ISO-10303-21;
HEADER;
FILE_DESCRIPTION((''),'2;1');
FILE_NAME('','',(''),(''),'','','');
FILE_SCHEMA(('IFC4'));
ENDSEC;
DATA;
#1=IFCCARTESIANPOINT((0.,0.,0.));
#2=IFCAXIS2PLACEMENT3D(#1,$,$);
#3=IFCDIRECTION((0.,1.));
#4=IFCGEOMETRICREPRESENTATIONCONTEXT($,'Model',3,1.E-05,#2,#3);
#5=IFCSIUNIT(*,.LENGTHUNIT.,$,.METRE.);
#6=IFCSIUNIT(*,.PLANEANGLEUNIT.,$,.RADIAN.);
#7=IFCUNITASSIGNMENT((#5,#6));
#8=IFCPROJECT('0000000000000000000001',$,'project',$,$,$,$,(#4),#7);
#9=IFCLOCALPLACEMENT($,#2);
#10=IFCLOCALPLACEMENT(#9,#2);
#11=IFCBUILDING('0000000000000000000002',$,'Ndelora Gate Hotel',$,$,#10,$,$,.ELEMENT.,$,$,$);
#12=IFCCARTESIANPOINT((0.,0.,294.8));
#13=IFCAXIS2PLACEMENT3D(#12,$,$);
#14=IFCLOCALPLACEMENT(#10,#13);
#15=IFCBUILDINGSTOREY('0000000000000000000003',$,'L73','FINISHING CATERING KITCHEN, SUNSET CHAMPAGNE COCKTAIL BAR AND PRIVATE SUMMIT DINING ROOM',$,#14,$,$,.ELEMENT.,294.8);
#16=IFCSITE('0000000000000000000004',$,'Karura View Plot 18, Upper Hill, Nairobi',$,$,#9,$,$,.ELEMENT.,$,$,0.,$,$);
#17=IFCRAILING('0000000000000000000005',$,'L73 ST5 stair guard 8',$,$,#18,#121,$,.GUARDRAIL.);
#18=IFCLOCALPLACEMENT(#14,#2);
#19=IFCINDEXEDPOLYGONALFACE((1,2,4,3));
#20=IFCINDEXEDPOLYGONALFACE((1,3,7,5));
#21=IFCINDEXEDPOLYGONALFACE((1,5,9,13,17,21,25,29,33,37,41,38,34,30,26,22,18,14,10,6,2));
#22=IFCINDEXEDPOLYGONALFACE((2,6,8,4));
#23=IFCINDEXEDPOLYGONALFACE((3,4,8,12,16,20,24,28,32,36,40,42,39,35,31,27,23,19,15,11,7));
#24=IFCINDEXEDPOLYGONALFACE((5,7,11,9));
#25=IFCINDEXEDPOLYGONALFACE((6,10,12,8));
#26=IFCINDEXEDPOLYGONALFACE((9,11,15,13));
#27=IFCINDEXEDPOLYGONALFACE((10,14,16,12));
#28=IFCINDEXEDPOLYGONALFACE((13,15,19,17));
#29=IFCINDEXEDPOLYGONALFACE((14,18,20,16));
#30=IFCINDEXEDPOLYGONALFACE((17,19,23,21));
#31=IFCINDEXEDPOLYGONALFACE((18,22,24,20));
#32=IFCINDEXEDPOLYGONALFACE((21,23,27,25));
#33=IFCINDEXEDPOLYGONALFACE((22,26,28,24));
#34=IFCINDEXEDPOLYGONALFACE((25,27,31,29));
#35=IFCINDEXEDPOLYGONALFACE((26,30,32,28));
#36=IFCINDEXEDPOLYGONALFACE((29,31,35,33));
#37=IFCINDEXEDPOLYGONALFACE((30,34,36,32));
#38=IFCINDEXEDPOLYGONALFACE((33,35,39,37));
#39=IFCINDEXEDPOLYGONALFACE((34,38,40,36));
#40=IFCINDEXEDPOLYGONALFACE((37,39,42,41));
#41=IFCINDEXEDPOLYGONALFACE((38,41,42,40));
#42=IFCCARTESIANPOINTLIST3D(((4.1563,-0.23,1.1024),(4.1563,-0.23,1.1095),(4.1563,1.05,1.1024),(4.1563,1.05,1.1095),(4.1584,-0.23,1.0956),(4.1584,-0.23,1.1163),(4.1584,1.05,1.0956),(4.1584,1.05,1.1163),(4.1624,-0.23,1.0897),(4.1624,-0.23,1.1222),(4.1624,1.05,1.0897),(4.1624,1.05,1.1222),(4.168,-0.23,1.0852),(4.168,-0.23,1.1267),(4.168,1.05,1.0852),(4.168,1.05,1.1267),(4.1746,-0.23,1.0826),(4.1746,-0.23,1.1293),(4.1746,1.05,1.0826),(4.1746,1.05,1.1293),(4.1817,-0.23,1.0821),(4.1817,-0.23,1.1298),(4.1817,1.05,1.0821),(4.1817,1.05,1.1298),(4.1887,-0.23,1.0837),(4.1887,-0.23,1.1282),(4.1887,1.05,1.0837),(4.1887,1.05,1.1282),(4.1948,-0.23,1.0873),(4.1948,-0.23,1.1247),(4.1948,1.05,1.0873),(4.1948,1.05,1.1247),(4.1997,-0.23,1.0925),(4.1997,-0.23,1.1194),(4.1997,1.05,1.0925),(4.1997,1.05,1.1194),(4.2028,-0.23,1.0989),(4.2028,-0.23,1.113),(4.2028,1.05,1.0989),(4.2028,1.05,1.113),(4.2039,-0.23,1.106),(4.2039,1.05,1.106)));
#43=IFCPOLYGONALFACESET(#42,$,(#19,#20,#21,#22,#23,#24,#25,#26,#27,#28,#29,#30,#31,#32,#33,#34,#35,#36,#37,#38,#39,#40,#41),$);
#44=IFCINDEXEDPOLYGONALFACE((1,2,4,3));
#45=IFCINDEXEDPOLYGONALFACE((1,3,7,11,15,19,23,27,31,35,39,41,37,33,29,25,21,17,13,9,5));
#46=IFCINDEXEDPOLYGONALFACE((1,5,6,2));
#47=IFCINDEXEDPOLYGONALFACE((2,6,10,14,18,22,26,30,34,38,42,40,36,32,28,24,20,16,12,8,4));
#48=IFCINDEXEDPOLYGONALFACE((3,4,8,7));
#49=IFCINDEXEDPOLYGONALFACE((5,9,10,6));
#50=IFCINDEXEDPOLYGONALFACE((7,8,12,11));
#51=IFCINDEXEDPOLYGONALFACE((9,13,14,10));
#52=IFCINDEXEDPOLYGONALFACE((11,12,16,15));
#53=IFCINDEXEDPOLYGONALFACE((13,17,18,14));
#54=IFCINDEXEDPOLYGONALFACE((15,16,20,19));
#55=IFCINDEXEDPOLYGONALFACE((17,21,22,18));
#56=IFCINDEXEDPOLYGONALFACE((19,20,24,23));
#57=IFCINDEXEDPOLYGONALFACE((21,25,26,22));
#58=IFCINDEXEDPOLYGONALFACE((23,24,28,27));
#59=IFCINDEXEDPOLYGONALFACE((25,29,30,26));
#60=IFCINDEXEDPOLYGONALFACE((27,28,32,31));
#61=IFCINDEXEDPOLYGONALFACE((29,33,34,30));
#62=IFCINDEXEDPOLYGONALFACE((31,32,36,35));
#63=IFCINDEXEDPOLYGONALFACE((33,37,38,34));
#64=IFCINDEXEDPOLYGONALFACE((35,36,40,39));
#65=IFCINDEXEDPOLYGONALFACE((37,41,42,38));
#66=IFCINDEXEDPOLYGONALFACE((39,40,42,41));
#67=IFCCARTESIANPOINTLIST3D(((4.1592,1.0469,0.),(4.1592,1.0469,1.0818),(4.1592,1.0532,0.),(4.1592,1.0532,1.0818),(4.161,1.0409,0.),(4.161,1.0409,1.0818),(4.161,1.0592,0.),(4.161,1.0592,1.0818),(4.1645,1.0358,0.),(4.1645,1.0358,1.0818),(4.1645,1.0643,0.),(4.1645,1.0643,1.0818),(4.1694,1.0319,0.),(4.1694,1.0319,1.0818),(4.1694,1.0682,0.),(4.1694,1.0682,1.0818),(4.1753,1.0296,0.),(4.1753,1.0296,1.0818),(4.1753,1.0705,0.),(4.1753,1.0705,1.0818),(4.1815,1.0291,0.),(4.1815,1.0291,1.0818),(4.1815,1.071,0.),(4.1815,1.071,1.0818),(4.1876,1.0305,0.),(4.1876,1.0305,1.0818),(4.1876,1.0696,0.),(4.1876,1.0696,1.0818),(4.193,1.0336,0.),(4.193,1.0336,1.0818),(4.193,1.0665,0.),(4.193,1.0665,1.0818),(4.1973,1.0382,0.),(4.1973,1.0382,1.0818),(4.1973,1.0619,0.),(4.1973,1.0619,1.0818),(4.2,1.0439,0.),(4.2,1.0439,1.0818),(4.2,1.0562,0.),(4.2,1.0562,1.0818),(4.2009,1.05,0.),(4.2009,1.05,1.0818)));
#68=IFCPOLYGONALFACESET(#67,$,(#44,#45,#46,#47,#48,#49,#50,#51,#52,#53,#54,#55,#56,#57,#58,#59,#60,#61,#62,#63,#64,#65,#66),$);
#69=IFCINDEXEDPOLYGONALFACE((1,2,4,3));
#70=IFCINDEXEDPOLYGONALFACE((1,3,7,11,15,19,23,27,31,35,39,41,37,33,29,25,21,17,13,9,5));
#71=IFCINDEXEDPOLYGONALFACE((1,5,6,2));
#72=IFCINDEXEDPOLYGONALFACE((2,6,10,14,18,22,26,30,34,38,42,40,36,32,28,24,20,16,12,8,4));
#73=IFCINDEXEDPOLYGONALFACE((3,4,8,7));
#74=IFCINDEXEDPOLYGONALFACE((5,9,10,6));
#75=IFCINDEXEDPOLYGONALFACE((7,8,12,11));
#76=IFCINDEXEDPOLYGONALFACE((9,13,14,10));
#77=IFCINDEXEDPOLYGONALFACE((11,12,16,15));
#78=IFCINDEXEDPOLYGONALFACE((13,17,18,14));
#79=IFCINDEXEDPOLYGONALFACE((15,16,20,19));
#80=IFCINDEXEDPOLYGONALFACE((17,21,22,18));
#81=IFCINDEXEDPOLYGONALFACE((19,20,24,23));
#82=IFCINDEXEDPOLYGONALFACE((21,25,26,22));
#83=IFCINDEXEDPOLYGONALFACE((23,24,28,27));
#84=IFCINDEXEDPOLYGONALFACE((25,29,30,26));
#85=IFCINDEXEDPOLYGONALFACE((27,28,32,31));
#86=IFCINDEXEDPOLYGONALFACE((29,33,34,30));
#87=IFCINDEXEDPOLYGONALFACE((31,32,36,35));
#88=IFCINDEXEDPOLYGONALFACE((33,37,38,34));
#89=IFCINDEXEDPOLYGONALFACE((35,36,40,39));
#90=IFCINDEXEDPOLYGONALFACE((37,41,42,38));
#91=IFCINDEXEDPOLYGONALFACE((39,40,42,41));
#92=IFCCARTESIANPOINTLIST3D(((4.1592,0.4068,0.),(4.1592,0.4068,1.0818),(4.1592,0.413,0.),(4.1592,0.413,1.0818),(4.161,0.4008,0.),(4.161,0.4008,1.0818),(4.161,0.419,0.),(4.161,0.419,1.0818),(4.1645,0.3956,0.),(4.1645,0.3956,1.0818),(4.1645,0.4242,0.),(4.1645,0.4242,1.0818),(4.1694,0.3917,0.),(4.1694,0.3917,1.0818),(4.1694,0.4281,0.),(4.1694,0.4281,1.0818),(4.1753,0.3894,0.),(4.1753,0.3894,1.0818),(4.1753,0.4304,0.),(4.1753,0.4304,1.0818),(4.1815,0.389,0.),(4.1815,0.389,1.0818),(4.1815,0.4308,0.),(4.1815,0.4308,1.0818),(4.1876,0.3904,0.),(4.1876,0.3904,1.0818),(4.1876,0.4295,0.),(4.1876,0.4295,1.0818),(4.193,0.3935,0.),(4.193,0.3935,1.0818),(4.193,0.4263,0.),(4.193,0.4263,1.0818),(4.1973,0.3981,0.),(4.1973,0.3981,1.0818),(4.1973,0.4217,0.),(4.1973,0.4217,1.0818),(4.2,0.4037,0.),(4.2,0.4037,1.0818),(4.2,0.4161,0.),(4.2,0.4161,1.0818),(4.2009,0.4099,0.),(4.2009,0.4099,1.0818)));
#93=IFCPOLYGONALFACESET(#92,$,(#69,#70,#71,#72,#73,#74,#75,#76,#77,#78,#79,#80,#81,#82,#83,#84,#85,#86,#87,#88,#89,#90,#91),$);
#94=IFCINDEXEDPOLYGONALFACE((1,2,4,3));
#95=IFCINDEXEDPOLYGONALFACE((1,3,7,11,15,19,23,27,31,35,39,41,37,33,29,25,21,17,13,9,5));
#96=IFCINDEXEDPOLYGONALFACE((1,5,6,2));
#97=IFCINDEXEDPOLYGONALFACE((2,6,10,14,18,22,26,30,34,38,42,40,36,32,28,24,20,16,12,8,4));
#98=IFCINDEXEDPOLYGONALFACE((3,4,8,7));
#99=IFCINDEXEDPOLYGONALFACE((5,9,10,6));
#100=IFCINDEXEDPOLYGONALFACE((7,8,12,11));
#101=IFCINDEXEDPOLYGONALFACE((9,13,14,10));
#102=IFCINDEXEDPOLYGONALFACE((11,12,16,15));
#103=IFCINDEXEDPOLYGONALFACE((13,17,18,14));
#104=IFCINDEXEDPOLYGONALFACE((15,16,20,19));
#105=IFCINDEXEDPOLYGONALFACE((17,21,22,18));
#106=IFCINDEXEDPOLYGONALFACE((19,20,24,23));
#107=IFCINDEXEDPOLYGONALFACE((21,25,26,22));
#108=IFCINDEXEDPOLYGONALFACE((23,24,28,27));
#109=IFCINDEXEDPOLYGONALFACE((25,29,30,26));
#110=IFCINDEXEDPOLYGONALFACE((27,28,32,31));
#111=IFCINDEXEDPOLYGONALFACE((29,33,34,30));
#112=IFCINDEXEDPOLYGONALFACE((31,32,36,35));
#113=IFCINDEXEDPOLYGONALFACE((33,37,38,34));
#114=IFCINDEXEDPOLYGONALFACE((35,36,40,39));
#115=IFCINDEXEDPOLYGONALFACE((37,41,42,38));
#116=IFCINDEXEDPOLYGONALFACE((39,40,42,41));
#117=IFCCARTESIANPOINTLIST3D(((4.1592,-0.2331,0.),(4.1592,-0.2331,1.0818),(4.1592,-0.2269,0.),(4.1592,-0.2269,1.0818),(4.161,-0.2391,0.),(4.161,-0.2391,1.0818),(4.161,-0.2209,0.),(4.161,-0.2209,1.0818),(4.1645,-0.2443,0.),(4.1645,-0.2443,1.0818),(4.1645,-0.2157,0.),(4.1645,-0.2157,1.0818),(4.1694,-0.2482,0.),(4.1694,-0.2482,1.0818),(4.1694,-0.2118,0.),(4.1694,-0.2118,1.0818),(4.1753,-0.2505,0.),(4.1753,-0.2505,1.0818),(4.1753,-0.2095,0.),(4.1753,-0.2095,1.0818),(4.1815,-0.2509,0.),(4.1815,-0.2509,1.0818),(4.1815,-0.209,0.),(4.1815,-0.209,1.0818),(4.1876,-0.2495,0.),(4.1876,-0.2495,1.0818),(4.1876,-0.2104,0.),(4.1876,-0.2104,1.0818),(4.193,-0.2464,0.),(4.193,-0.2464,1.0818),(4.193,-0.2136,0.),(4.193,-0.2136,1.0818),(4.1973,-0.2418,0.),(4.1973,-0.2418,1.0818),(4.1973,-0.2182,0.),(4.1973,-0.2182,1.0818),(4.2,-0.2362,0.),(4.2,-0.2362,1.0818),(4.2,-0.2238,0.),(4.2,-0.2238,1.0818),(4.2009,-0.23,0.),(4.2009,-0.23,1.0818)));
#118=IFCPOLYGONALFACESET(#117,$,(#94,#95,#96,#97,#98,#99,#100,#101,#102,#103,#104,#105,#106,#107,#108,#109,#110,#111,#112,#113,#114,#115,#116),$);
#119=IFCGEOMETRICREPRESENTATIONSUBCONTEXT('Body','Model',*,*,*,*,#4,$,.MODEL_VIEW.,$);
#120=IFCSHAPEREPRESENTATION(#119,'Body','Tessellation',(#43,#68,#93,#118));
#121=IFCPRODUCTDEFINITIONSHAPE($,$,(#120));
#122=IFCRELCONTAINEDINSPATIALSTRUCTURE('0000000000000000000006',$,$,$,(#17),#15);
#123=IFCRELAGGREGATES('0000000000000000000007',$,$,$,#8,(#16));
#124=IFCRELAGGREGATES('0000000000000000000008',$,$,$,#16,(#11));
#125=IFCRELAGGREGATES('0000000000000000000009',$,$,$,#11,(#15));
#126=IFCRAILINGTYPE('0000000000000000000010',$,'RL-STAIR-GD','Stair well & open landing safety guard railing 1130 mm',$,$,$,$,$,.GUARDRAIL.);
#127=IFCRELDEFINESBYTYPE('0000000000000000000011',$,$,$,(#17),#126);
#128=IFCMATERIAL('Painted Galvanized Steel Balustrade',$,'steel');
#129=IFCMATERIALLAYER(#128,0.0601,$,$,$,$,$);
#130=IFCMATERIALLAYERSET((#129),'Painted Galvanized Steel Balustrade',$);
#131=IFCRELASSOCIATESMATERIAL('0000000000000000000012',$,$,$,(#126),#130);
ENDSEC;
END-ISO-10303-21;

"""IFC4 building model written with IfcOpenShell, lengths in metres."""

from ifc_helpers import new_model, si_unit, direction, frame, origin, origin_2d, place, context, subcontext, project, spatial, circle, extrude, material, layer, layer_set, type_object, element, save


model = new_model("IFC4")

# Units and contexts
model_context = context("Model", 3, precision=1e-05, world=origin(), true_north=direction((0.0, 1.0)))
body_context = subcontext(model_context, "Body", "Model", "MODEL_VIEW")
ifc_project = project(units=[si_unit("LENGTHUNIT", "METRE"), si_unit("PLANEANGLEUNIT", "RADIAN")], contexts=[model_context])

# Site, building, storey
site_placement = place(None, origin())
site = spatial("IfcSite", under=ifc_project, at=site_placement, Name="Karura View Plot 18, Upper Hill, Nairobi", CompositionType="ELEMENT", RefElevation=0.0)
building_placement = place(site_placement, origin())
building = spatial("IfcBuilding", under=site, at=building_placement, Name="Ndelora Gate Hotel", CompositionType="ELEMENT")
storey_placement = place(building_placement, frame((0.0, 0.0, 294.8)))
storey = spatial("IfcBuildingStorey", under=building, at=storey_placement, Name="L73", Description="FINISHING CATERING KITCHEN, SUNSET CHAMPAGNE COCKTAIL BAR AND PRIVATE SUMMIT DINING ROOM", CompositionType="ELEMENT", Elevation=294.8)

# Railing
ifc_material_1 = material(Name="Painted Galvanized Steel Balustrade", Category="steel")
ifc_layer_1 = layer(ifc_material_1, 0.0601)
ifc_layer_set_1 = layer_set([ifc_layer_1], Name="Painted Galvanized Steel Balustrade")
railing_type = type_object("IfcRailingType", Name="RL-STAIR-GD", Description="Stair well & open landing safety guard railing 1130 mm", PredefinedType="GUARDRAIL", material=ifc_layer_set_1)
railing_placement = place(storey_placement, frame((4.1799, 1.05, 0.0)))
element("IfcRailing", 1, at=railing_placement, inside=storey, type_object=railing_type, Name="L73 ST5 stair guard 8", PredefinedType="GUARDRAIL", context=body_context, shape_type="SweptSolid", body=[
    extrude(circle(Radius=0.0239, at=origin_2d()), frame((0.0, 0.0, 1.106), z_axis=(0.0, -1.0, 0.0), x_axis=(1.0, 0.0, 0.0)), (0.0, 0.0, 1.0), 1.28),
    extrude(circle(Radius=0.021, at=origin_2d()), origin(), (0.0, 0.0, 1.0), 1.0818),
    extrude(circle(Radius=0.021, at=origin_2d()), frame((0.0, -0.6401, 0.0)), (0.0, 0.0, 1.0), 1.0818),
    extrude(circle(Radius=0.021, at=origin_2d()), frame((0.0, -1.28, 0.0)), (0.0, 0.0, 1.0), 1.0818),
])

save(model, "model.ifc")
